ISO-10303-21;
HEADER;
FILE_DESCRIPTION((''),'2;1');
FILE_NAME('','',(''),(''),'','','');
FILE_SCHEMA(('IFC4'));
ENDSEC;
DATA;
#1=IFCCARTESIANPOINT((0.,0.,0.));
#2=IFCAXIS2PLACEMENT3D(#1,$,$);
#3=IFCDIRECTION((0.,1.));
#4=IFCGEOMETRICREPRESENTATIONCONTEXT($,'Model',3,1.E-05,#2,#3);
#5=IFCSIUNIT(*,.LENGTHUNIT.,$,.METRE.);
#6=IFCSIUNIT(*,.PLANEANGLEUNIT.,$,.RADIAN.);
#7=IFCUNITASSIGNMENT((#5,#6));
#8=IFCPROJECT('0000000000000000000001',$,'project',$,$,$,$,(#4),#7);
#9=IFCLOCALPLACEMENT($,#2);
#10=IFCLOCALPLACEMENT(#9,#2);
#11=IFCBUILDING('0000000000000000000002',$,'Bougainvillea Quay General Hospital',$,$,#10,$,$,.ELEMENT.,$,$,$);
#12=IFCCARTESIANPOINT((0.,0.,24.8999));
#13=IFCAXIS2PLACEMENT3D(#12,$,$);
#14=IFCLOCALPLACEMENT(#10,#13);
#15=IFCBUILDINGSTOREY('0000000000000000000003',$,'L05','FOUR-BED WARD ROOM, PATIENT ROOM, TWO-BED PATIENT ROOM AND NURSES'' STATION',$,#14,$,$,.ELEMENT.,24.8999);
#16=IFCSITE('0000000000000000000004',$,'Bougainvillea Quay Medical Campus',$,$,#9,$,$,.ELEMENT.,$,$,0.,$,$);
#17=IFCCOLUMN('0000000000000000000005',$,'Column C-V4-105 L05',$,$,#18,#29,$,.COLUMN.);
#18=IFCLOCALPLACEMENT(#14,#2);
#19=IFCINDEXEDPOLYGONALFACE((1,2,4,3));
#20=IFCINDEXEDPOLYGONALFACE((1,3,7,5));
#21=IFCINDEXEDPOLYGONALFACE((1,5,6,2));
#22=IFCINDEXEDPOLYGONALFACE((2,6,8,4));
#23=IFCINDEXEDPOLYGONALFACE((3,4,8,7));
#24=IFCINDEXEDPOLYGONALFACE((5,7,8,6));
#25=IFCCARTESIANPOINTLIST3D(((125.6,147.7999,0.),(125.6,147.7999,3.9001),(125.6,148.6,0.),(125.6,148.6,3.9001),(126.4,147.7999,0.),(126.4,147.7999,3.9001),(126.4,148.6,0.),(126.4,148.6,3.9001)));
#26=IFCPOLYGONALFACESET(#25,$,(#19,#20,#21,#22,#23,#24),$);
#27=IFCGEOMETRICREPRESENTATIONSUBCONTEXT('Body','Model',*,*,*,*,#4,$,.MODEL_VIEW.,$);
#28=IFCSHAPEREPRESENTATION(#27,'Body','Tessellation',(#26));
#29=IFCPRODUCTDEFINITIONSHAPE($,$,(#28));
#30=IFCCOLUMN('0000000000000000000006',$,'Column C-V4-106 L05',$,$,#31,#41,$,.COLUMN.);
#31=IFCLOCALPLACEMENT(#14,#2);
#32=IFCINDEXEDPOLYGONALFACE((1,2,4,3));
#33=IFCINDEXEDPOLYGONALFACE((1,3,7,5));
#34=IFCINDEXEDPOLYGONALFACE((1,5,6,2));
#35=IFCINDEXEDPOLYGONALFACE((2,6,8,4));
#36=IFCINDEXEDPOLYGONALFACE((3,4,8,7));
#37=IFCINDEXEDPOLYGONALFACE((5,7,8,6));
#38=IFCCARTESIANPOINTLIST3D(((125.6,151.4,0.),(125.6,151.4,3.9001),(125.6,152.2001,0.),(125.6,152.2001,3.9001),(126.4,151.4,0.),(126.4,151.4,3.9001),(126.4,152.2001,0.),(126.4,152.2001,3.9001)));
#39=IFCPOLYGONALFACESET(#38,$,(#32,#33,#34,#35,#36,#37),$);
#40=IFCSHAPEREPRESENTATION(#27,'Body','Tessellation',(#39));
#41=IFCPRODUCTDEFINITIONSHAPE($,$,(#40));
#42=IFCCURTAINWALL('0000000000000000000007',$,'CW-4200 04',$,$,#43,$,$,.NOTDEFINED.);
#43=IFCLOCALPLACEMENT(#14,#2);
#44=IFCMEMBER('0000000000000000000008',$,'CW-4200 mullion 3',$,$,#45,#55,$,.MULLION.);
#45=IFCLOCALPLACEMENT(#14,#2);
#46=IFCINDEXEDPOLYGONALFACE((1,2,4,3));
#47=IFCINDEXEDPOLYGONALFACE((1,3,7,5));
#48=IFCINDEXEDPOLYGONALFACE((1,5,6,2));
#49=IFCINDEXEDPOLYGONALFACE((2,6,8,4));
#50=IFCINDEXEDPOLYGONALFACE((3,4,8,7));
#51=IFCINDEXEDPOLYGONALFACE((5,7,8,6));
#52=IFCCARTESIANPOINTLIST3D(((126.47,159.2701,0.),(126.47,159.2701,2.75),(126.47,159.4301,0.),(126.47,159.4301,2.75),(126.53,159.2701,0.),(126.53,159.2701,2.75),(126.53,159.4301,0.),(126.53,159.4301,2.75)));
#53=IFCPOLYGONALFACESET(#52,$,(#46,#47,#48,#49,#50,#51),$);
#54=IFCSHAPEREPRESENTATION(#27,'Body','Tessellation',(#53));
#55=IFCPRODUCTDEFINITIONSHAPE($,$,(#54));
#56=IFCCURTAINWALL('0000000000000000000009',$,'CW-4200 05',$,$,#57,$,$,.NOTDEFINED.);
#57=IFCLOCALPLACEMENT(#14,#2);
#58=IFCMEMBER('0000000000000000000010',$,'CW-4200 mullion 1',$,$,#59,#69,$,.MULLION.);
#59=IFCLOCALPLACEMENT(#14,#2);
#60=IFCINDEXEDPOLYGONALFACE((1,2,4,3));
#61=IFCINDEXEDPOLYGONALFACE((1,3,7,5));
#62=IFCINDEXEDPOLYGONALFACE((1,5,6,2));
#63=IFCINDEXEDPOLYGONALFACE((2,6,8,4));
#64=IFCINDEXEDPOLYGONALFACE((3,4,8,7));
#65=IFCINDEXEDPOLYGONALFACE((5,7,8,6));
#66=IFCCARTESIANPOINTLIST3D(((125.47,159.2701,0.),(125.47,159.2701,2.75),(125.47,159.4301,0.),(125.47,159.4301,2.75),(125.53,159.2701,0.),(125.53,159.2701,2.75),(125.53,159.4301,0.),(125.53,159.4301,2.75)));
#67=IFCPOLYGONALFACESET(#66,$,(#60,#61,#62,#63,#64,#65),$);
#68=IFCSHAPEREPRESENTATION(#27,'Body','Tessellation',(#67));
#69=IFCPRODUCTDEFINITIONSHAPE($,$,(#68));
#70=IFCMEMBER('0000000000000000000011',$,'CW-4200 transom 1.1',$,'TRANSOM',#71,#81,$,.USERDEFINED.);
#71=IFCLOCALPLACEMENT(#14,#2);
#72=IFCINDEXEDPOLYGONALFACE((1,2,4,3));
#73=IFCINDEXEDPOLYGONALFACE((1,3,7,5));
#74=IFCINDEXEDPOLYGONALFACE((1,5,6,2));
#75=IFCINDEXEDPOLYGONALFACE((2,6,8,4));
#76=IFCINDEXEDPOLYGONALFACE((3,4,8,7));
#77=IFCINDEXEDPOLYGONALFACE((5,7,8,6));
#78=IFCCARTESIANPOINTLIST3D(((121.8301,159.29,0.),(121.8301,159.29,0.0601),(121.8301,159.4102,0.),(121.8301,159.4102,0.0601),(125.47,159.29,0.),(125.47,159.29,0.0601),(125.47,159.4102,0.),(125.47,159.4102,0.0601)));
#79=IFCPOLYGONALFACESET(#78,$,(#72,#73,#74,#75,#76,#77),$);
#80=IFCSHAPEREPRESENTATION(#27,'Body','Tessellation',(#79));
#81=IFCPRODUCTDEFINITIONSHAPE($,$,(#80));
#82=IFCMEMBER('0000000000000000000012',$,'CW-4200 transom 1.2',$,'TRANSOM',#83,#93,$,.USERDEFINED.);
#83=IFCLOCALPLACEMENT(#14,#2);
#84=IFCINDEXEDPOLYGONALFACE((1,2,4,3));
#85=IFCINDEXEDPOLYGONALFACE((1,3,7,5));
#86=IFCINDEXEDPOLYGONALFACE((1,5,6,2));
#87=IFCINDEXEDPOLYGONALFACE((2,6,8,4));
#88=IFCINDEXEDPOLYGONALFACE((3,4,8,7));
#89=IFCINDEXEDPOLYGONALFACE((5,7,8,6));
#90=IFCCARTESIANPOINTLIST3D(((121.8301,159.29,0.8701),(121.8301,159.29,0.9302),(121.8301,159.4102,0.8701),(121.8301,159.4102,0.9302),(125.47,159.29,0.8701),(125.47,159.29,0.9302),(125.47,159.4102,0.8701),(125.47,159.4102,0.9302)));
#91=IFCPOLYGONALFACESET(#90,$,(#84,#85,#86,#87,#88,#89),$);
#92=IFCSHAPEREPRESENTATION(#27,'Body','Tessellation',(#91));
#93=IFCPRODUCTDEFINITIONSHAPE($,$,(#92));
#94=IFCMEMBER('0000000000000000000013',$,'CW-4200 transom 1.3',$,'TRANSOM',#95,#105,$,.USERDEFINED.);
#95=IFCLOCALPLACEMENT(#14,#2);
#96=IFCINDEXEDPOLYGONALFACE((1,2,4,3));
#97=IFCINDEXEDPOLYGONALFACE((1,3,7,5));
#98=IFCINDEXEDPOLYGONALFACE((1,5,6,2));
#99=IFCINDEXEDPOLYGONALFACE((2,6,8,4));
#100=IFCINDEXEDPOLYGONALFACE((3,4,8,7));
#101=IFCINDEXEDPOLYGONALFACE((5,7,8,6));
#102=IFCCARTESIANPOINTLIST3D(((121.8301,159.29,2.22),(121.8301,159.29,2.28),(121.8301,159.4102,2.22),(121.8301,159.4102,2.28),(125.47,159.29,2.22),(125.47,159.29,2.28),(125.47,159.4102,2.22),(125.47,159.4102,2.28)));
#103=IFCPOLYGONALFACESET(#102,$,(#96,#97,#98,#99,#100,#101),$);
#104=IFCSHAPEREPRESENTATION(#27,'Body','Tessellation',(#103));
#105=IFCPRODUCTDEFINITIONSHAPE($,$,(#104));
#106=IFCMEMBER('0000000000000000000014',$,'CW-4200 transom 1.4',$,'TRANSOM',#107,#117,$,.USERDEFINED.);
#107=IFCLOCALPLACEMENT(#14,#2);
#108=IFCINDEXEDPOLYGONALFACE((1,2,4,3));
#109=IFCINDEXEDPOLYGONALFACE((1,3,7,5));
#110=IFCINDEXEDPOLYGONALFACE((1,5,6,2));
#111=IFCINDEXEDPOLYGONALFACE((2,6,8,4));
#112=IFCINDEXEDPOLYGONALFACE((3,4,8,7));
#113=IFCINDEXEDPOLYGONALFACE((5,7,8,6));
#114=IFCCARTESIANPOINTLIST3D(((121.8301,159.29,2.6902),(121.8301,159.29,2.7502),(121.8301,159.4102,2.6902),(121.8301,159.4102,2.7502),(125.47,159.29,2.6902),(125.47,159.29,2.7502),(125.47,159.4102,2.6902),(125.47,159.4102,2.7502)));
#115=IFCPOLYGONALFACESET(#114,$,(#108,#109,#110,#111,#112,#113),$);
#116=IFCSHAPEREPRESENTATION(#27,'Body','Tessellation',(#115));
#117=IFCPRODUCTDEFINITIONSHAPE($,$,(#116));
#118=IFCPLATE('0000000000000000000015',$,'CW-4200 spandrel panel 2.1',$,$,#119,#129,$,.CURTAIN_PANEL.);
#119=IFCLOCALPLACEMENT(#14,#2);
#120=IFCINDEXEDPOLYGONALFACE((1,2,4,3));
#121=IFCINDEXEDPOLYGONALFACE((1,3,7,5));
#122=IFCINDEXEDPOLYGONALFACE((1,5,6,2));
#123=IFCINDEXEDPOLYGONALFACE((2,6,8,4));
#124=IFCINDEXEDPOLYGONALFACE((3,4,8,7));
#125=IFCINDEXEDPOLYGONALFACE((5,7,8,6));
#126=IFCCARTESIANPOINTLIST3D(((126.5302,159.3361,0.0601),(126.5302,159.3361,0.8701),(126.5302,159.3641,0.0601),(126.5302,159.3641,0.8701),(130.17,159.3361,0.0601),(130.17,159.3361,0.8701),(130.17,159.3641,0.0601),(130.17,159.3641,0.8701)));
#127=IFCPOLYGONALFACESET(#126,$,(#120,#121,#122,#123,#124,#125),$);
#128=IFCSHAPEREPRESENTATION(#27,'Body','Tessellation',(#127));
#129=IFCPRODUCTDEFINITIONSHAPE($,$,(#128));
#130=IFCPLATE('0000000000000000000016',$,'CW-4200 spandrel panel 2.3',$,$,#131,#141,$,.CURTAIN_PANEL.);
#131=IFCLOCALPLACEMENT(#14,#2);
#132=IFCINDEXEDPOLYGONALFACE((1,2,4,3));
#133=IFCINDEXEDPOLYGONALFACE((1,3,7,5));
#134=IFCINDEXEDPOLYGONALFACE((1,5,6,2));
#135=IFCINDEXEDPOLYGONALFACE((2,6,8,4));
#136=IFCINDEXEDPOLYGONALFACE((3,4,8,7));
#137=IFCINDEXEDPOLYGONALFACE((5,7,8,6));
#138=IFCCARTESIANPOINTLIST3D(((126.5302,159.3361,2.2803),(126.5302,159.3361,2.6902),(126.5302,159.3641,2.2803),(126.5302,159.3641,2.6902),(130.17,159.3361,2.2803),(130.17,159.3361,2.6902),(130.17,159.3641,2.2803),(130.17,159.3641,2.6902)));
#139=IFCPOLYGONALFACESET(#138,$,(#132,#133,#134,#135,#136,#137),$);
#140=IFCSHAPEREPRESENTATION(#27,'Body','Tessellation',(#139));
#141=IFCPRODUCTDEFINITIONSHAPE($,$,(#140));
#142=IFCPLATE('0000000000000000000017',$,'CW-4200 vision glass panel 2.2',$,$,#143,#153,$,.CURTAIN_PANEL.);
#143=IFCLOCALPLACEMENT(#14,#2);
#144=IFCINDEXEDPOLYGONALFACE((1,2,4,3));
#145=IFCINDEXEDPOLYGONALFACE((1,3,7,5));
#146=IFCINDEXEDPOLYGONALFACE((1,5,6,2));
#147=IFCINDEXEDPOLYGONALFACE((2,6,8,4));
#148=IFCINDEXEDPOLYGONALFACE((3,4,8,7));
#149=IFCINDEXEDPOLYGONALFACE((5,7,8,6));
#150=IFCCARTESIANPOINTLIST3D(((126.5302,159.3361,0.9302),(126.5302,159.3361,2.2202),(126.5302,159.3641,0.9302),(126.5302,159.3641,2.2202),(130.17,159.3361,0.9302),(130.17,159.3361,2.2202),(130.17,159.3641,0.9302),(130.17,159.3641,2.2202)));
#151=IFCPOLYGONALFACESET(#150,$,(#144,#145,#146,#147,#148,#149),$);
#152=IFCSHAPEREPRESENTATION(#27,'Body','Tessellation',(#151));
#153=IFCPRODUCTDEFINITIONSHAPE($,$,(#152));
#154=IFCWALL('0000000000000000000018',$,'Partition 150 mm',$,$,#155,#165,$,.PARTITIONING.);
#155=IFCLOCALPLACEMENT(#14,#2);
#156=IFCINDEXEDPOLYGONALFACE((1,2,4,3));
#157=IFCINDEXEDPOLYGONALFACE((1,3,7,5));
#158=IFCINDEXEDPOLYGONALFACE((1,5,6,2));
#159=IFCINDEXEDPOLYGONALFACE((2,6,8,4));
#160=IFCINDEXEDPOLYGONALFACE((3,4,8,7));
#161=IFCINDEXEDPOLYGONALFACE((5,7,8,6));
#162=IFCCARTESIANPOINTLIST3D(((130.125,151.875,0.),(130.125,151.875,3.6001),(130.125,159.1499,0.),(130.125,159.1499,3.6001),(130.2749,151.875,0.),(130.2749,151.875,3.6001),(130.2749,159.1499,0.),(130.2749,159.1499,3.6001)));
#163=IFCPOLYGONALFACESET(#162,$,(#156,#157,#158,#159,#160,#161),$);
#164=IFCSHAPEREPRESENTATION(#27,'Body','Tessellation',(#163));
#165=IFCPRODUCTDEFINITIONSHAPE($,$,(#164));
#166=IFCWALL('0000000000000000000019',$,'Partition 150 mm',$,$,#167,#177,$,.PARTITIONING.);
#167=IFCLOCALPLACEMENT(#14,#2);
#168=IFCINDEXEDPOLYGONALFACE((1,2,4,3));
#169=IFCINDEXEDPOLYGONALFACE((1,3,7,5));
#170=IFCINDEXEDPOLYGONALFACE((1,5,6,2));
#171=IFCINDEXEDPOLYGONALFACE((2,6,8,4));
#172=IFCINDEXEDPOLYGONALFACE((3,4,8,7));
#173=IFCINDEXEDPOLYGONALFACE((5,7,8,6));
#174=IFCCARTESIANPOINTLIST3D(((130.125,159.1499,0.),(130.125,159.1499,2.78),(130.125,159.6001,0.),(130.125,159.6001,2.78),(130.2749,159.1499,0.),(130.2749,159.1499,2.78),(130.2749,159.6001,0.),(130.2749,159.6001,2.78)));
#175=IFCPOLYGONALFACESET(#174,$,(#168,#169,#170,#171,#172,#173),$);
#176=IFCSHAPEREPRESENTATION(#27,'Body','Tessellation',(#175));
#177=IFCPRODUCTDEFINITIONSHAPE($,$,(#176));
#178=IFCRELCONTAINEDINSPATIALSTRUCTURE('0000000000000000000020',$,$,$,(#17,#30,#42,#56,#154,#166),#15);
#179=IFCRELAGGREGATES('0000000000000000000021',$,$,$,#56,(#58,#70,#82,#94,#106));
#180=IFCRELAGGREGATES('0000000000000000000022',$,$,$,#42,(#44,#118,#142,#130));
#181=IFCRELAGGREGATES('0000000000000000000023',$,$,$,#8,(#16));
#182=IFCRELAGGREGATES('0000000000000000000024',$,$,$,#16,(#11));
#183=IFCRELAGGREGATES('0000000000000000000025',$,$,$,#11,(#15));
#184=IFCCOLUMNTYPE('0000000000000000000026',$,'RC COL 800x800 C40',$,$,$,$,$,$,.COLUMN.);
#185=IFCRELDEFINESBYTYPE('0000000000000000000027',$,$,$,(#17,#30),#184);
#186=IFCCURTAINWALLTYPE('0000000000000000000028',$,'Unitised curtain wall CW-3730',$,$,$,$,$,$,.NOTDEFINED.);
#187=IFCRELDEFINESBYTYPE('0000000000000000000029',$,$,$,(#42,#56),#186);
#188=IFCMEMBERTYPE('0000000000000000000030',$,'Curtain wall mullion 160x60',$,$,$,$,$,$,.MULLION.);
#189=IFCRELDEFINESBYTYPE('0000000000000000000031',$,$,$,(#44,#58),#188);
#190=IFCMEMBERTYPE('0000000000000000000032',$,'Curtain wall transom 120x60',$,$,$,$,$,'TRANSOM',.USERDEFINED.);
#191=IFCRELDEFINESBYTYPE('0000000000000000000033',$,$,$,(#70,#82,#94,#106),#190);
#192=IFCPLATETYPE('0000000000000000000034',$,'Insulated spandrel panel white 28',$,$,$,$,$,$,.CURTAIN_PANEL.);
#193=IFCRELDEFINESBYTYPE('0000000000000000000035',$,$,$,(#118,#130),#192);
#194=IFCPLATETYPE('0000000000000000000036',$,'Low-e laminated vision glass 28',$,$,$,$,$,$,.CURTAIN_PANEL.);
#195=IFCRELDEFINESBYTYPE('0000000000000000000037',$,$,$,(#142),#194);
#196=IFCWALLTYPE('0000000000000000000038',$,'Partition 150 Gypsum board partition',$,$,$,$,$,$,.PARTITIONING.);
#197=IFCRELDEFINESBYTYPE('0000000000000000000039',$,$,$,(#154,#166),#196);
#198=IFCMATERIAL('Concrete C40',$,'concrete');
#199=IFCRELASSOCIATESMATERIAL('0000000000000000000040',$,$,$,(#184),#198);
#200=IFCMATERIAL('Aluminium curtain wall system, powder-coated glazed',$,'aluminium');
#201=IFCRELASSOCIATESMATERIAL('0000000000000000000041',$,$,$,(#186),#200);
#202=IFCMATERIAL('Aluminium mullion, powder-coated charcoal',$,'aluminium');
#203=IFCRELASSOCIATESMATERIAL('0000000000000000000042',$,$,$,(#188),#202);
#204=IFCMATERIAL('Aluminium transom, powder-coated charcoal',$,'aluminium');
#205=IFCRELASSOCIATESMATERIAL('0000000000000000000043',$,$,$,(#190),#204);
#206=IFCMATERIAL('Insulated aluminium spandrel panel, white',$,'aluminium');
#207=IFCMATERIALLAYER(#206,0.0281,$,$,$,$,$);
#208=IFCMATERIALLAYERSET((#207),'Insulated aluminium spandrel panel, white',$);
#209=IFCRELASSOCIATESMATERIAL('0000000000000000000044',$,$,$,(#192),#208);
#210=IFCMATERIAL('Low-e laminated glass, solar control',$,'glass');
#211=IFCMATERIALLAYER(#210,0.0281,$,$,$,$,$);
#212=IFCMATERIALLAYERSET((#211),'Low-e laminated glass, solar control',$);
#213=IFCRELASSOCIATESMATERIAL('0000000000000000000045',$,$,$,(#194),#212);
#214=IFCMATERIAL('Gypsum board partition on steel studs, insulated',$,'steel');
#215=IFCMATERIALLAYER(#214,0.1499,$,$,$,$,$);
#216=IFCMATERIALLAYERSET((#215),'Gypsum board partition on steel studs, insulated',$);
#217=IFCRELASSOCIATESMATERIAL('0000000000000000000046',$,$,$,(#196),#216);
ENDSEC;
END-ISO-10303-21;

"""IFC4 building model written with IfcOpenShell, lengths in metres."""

from ifc_helpers import new_model, si_unit, direction, frame, frame_2d, origin, origin_2d, place, context, subcontext, project, spatial, rectangle, extrude, material, layer, layer_set, material_profile, profile_set, type_object, element, aggregate, save


model = new_model("IFC4")

# Units and contexts
model_context = context("Model", 3, precision=1e-05, world=origin(), true_north=direction((0.0, 1.0)))
body_context = subcontext(model_context, "Body", "Model", "MODEL_VIEW")
ifc_project = project(units=[si_unit("LENGTHUNIT", "METRE"), si_unit("PLANEANGLEUNIT", "RADIAN")], contexts=[model_context])

# Site, building, storey
site_placement = place(None, origin())
site = spatial("IfcSite", under=ifc_project, at=site_placement, Name="Bougainvillea Quay Medical Campus", CompositionType="ELEMENT", RefElevation=0.0)
building_placement = place(site_placement, origin())
building = spatial("IfcBuilding", under=site, at=building_placement, Name="Bougainvillea Quay General Hospital", CompositionType="ELEMENT")
storey_placement = place(building_placement, frame((0.0, 0.0, 24.8999)))
storey = spatial("IfcBuildingStorey", under=building, at=storey_placement, Name="L05", Description="FOUR-BED WARD ROOM, PATIENT ROOM, TWO-BED PATIENT ROOM AND NURSES' STATION", CompositionType="ELEMENT", Elevation=24.8999)

# Columns
ifc_material_1 = material(Name="Concrete C40", Category="concrete")
ifc_material_profile_1 = material_profile(ifc_material_1, rectangle(XDim=0.8, YDim=0.8, at=origin_2d()))
ifc_profile_set_1 = profile_set([ifc_material_profile_1], Name="Concrete C40")
column_type = type_object("IfcColumnType", Name="RC COL 800x800 C40", PredefinedType="COLUMN", material=ifc_profile_set_1)
for number, where, z_axis, x_axis, name in (
    (1, (126.0, 148.2, 0.0), (0.0, 0.0, 1.0), (1.0, 0.0, 0.0), "Column C-V4-105 L05"),
    (2, (126.0, 151.8, 0.0), (0.0, 0.0, 1.0), (1.0, 0.0, 0.0), "Column C-V4-106 L05"),
):
    element("IfcColumn", number, at=place(storey_placement, frame(where, z_axis=z_axis, x_axis=x_axis)), inside=storey, type_object=column_type, Name=name, PredefinedType="COLUMN", context=body_context, shape_type="SweptSolid", body=[
        extrude(rectangle(XDim=0.8, YDim=0.8, at=origin_2d()), origin(), (0.0, 0.0, 1.0), 3.9001),
    ])

# Curtain wall, member
ifc_material_2 = material(Name="Aluminium curtain wall system, powder-coated glazed", Category="aluminium")
curtain_wall_type = type_object("IfcCurtainWallType", Name="Unitised curtain wall CW-3730", PredefinedType="NOTDEFINED", material=ifc_material_2)
curtain_wall_1_placement = place(storey_placement, origin())
curtain_wall_1 = element("IfcCurtainWall", 3, at=curtain_wall_1_placement, inside=storey, type_object=curtain_wall_type, Name="CW-4200 04", PredefinedType="NOTDEFINED")
ifc_material_3 = material(Name="Aluminium mullion, powder-coated charcoal", Category="aluminium")
ifc_material_profile_2 = material_profile(ifc_material_3, rectangle(XDim=0.1599, YDim=0.0601, at=origin_2d()))
ifc_profile_set_2 = profile_set([ifc_material_profile_2], Name="Aluminium mullion, powder-coated charcoal")
member_type_1 = type_object("IfcMemberType", Name="Curtain wall mullion 160x60", PredefinedType="MULLION", material=ifc_profile_set_2)
member_1_placement = place(storey_placement, frame((126.5, 159.3501, 0.0), z_axis=(0.0, 0.0, 1.0), x_axis=(0.0, -1.0, 0.0)))
member_1 = element("IfcMember", 4, at=member_1_placement, type_object=member_type_1, Name="CW-4200 mullion 3", PredefinedType="MULLION", context=body_context, shape_type="SweptSolid", body=[
    extrude(rectangle(XDim=0.1599, YDim=0.0601, at=origin_2d()), origin(), (0.0, 0.0, 1.0), 2.75),
])

# Curtain wall, members
curtain_wall_2_placement = place(storey_placement, origin())
curtain_wall_2 = element("IfcCurtainWall", 5, at=curtain_wall_2_placement, inside=storey, type_object=curtain_wall_type, Name="CW-4200 05", PredefinedType="NOTDEFINED")
member_2_placement = place(storey_placement, frame((125.5, 159.3501, 0.0), z_axis=(0.0, 0.0, 1.0), x_axis=(0.0, -1.0, 0.0)))
member_2 = element("IfcMember", 6, at=member_2_placement, type_object=member_type_1, Name="CW-4200 mullion 1", PredefinedType="MULLION", context=body_context, shape_type="SweptSolid", body=[
    extrude(rectangle(XDim=0.1599, YDim=0.0601, at=origin_2d()), origin(), (0.0, 0.0, 1.0), 2.75),
])
ifc_material_4 = material(Name="Aluminium transom, powder-coated charcoal", Category="aluminium")
ifc_material_profile_3 = material_profile(ifc_material_4, rectangle(XDim=0.1201, YDim=0.0601, at=origin_2d()))
ifc_profile_set_3 = profile_set([ifc_material_profile_3], Name="Aluminium transom, powder-coated charcoal")
member_type_2 = type_object("IfcMemberType", Name="Curtain wall transom 120x60", ElementType="TRANSOM", PredefinedType="USERDEFINED", material=ifc_profile_set_3)
member_3_placement = place(storey_placement, frame((125.47, 159.3501, 0.03), z_axis=(-1.0, 0.0, 0.0), x_axis=(0.0, -1.0, 0.0)))
member_3 = element("IfcMember", 7, at=member_3_placement, type_object=member_type_2, Name="CW-4200 transom 1.1", ObjectType="TRANSOM", PredefinedType="USERDEFINED", context=body_context, shape_type="SweptSolid", body=[
    extrude(rectangle(XDim=0.1201, YDim=0.0601, at=origin_2d()), origin(), (0.0, 0.0, 1.0), 3.6399),
])
member_4_placement = place(storey_placement, frame((125.47, 159.3501, 0.9001), z_axis=(-1.0, 0.0, 0.0), x_axis=(0.0, -1.0, 0.0)))
member_4 = element("IfcMember", 8, at=member_4_placement, type_object=member_type_2, Name="CW-4200 transom 1.2", ObjectType="TRANSOM", PredefinedType="USERDEFINED", context=body_context, shape_type="SweptSolid", body=[
    extrude(rectangle(XDim=0.1201, YDim=0.0601, at=origin_2d()), origin(), (0.0, 0.0, 1.0), 3.6399),
])
member_5_placement = place(storey_placement, frame((125.47, 159.3501, 2.25), z_axis=(-1.0, 0.0, 0.0), x_axis=(0.0, -1.0, 0.0)))
member_5 = element("IfcMember", 9, at=member_5_placement, type_object=member_type_2, Name="CW-4200 transom 1.3", ObjectType="TRANSOM", PredefinedType="USERDEFINED", context=body_context, shape_type="SweptSolid", body=[
    extrude(rectangle(XDim=0.1201, YDim=0.0601, at=origin_2d()), origin(), (0.0, 0.0, 1.0), 3.6399),
])
member_6_placement = place(storey_placement, frame((125.47, 159.3501, 2.7202), z_axis=(-1.0, 0.0, 0.0), x_axis=(0.0, -1.0, 0.0)))
member_6 = element("IfcMember", 10, at=member_6_placement, type_object=member_type_2, Name="CW-4200 transom 1.4", ObjectType="TRANSOM", PredefinedType="USERDEFINED", context=body_context, shape_type="SweptSolid", body=[
    extrude(rectangle(XDim=0.1201, YDim=0.0601, at=origin_2d()), origin(), (0.0, 0.0, 1.0), 3.6399),
])
aggregate(curtain_wall_2, [member_2, member_3, member_4, member_5, member_6])

# Plates
ifc_material_5 = material(Name="Insulated aluminium spandrel panel, white", Category="aluminium")
ifc_layer_1 = layer(ifc_material_5, 0.0281)
ifc_layer_set_1 = layer_set([ifc_layer_1], Name="Insulated aluminium spandrel panel, white")
plate_type_1 = type_object("IfcPlateType", Name="Insulated spandrel panel white 28", PredefinedType="CURTAIN_PANEL", material=ifc_layer_set_1)
plate_1_placement = place(storey_placement, frame((128.3501, 159.3501, 0.0601), z_axis=(0.0, 0.0, 1.0), x_axis=(-1.0, 0.0, 0.0)))
plate_1 = element("IfcPlate", 11, at=plate_1_placement, type_object=plate_type_1, Name="CW-4200 spandrel panel 2.1", PredefinedType="CURTAIN_PANEL", context=body_context, shape_type="SweptSolid", body=[
    extrude(rectangle(XDim=3.6399, YDim=0.0281, at=origin_2d()), origin(), (0.0, 0.0, 1.0), 0.8101),
])
plate_2_placement = place(storey_placement, frame((128.3501, 159.3501, 2.2803), z_axis=(0.0, 0.0, 1.0), x_axis=(-1.0, 0.0, 0.0)))
plate_2 = element("IfcPlate", 12, at=plate_2_placement, type_object=plate_type_1, Name="CW-4200 spandrel panel 2.3", PredefinedType="CURTAIN_PANEL", context=body_context, shape_type="SweptSolid", body=[
    extrude(rectangle(XDim=3.6399, YDim=0.0281, at=origin_2d()), origin(), (0.0, 0.0, 1.0), 0.4099),
])
ifc_material_6 = material(Name="Low-e laminated glass, solar control", Category="glass")
ifc_layer_2 = layer(ifc_material_6, 0.0281)
ifc_layer_set_2 = layer_set([ifc_layer_2], Name="Low-e laminated glass, solar control")
plate_type_2 = type_object("IfcPlateType", Name="Low-e laminated vision glass 28", PredefinedType="CURTAIN_PANEL", material=ifc_layer_set_2)
plate_3_placement = place(storey_placement, frame((128.3501, 159.3501, 0.9302), z_axis=(0.0, 0.0, 1.0), x_axis=(-1.0, 0.0, 0.0)))
plate_3 = element("IfcPlate", 13, at=plate_3_placement, type_object=plate_type_2, Name="CW-4200 vision glass panel 2.2", PredefinedType="CURTAIN_PANEL", context=body_context, shape_type="SweptSolid", body=[
    extrude(rectangle(XDim=3.6399, YDim=0.0281, at=origin_2d()), origin(), (0.0, 0.0, 1.0), 1.29),
])
aggregate(curtain_wall_1, [member_1, plate_1, plate_3, plate_2])

# Walls
ifc_material_7 = material(Name="Gypsum board partition on steel studs, insulated", Category="steel")
ifc_layer_3 = layer(ifc_material_7, 0.1499)
ifc_layer_set_3 = layer_set([ifc_layer_3], Name="Gypsum board partition on steel studs, insulated")
wall_type_1 = type_object("IfcWallType", Name="Partition 150 Gypsum board partition", PredefinedType="PARTITIONING", material=ifc_layer_set_3)
wall_1_placement = place(storey_placement, frame((130.2, 151.875, 0.0), z_axis=(0.0, 0.0, 1.0), x_axis=(0.0, 1.0, 0.0)))
element("IfcWall", 14, at=wall_1_placement, inside=storey, type_object=wall_type_1, Name="Partition 150 mm", PredefinedType="PARTITIONING", context=body_context, shape_type="SweptSolid", body=[
    extrude(rectangle(XDim=7.2749, YDim=0.1499, at=frame_2d((3.6375, 0.0))), origin(), (0.0, 0.0, 1.0), 3.6001),
])
wall_2_placement = place(storey_placement, frame((130.2, 159.1499, 0.0), z_axis=(0.0, 0.0, 1.0), x_axis=(0.0, 1.0, 0.0)))
element("IfcWall", 15, at=wall_2_placement, inside=storey, type_object=wall_type_1, Name="Partition 150 mm", PredefinedType="PARTITIONING", context=body_context, shape_type="SweptSolid", body=[
    extrude(rectangle(XDim=0.4502, YDim=0.1499, at=frame_2d((0.2251, 0.0))), origin(), (0.0, 0.0, 1.0), 2.78),
])

save(model, "model.ifc")
